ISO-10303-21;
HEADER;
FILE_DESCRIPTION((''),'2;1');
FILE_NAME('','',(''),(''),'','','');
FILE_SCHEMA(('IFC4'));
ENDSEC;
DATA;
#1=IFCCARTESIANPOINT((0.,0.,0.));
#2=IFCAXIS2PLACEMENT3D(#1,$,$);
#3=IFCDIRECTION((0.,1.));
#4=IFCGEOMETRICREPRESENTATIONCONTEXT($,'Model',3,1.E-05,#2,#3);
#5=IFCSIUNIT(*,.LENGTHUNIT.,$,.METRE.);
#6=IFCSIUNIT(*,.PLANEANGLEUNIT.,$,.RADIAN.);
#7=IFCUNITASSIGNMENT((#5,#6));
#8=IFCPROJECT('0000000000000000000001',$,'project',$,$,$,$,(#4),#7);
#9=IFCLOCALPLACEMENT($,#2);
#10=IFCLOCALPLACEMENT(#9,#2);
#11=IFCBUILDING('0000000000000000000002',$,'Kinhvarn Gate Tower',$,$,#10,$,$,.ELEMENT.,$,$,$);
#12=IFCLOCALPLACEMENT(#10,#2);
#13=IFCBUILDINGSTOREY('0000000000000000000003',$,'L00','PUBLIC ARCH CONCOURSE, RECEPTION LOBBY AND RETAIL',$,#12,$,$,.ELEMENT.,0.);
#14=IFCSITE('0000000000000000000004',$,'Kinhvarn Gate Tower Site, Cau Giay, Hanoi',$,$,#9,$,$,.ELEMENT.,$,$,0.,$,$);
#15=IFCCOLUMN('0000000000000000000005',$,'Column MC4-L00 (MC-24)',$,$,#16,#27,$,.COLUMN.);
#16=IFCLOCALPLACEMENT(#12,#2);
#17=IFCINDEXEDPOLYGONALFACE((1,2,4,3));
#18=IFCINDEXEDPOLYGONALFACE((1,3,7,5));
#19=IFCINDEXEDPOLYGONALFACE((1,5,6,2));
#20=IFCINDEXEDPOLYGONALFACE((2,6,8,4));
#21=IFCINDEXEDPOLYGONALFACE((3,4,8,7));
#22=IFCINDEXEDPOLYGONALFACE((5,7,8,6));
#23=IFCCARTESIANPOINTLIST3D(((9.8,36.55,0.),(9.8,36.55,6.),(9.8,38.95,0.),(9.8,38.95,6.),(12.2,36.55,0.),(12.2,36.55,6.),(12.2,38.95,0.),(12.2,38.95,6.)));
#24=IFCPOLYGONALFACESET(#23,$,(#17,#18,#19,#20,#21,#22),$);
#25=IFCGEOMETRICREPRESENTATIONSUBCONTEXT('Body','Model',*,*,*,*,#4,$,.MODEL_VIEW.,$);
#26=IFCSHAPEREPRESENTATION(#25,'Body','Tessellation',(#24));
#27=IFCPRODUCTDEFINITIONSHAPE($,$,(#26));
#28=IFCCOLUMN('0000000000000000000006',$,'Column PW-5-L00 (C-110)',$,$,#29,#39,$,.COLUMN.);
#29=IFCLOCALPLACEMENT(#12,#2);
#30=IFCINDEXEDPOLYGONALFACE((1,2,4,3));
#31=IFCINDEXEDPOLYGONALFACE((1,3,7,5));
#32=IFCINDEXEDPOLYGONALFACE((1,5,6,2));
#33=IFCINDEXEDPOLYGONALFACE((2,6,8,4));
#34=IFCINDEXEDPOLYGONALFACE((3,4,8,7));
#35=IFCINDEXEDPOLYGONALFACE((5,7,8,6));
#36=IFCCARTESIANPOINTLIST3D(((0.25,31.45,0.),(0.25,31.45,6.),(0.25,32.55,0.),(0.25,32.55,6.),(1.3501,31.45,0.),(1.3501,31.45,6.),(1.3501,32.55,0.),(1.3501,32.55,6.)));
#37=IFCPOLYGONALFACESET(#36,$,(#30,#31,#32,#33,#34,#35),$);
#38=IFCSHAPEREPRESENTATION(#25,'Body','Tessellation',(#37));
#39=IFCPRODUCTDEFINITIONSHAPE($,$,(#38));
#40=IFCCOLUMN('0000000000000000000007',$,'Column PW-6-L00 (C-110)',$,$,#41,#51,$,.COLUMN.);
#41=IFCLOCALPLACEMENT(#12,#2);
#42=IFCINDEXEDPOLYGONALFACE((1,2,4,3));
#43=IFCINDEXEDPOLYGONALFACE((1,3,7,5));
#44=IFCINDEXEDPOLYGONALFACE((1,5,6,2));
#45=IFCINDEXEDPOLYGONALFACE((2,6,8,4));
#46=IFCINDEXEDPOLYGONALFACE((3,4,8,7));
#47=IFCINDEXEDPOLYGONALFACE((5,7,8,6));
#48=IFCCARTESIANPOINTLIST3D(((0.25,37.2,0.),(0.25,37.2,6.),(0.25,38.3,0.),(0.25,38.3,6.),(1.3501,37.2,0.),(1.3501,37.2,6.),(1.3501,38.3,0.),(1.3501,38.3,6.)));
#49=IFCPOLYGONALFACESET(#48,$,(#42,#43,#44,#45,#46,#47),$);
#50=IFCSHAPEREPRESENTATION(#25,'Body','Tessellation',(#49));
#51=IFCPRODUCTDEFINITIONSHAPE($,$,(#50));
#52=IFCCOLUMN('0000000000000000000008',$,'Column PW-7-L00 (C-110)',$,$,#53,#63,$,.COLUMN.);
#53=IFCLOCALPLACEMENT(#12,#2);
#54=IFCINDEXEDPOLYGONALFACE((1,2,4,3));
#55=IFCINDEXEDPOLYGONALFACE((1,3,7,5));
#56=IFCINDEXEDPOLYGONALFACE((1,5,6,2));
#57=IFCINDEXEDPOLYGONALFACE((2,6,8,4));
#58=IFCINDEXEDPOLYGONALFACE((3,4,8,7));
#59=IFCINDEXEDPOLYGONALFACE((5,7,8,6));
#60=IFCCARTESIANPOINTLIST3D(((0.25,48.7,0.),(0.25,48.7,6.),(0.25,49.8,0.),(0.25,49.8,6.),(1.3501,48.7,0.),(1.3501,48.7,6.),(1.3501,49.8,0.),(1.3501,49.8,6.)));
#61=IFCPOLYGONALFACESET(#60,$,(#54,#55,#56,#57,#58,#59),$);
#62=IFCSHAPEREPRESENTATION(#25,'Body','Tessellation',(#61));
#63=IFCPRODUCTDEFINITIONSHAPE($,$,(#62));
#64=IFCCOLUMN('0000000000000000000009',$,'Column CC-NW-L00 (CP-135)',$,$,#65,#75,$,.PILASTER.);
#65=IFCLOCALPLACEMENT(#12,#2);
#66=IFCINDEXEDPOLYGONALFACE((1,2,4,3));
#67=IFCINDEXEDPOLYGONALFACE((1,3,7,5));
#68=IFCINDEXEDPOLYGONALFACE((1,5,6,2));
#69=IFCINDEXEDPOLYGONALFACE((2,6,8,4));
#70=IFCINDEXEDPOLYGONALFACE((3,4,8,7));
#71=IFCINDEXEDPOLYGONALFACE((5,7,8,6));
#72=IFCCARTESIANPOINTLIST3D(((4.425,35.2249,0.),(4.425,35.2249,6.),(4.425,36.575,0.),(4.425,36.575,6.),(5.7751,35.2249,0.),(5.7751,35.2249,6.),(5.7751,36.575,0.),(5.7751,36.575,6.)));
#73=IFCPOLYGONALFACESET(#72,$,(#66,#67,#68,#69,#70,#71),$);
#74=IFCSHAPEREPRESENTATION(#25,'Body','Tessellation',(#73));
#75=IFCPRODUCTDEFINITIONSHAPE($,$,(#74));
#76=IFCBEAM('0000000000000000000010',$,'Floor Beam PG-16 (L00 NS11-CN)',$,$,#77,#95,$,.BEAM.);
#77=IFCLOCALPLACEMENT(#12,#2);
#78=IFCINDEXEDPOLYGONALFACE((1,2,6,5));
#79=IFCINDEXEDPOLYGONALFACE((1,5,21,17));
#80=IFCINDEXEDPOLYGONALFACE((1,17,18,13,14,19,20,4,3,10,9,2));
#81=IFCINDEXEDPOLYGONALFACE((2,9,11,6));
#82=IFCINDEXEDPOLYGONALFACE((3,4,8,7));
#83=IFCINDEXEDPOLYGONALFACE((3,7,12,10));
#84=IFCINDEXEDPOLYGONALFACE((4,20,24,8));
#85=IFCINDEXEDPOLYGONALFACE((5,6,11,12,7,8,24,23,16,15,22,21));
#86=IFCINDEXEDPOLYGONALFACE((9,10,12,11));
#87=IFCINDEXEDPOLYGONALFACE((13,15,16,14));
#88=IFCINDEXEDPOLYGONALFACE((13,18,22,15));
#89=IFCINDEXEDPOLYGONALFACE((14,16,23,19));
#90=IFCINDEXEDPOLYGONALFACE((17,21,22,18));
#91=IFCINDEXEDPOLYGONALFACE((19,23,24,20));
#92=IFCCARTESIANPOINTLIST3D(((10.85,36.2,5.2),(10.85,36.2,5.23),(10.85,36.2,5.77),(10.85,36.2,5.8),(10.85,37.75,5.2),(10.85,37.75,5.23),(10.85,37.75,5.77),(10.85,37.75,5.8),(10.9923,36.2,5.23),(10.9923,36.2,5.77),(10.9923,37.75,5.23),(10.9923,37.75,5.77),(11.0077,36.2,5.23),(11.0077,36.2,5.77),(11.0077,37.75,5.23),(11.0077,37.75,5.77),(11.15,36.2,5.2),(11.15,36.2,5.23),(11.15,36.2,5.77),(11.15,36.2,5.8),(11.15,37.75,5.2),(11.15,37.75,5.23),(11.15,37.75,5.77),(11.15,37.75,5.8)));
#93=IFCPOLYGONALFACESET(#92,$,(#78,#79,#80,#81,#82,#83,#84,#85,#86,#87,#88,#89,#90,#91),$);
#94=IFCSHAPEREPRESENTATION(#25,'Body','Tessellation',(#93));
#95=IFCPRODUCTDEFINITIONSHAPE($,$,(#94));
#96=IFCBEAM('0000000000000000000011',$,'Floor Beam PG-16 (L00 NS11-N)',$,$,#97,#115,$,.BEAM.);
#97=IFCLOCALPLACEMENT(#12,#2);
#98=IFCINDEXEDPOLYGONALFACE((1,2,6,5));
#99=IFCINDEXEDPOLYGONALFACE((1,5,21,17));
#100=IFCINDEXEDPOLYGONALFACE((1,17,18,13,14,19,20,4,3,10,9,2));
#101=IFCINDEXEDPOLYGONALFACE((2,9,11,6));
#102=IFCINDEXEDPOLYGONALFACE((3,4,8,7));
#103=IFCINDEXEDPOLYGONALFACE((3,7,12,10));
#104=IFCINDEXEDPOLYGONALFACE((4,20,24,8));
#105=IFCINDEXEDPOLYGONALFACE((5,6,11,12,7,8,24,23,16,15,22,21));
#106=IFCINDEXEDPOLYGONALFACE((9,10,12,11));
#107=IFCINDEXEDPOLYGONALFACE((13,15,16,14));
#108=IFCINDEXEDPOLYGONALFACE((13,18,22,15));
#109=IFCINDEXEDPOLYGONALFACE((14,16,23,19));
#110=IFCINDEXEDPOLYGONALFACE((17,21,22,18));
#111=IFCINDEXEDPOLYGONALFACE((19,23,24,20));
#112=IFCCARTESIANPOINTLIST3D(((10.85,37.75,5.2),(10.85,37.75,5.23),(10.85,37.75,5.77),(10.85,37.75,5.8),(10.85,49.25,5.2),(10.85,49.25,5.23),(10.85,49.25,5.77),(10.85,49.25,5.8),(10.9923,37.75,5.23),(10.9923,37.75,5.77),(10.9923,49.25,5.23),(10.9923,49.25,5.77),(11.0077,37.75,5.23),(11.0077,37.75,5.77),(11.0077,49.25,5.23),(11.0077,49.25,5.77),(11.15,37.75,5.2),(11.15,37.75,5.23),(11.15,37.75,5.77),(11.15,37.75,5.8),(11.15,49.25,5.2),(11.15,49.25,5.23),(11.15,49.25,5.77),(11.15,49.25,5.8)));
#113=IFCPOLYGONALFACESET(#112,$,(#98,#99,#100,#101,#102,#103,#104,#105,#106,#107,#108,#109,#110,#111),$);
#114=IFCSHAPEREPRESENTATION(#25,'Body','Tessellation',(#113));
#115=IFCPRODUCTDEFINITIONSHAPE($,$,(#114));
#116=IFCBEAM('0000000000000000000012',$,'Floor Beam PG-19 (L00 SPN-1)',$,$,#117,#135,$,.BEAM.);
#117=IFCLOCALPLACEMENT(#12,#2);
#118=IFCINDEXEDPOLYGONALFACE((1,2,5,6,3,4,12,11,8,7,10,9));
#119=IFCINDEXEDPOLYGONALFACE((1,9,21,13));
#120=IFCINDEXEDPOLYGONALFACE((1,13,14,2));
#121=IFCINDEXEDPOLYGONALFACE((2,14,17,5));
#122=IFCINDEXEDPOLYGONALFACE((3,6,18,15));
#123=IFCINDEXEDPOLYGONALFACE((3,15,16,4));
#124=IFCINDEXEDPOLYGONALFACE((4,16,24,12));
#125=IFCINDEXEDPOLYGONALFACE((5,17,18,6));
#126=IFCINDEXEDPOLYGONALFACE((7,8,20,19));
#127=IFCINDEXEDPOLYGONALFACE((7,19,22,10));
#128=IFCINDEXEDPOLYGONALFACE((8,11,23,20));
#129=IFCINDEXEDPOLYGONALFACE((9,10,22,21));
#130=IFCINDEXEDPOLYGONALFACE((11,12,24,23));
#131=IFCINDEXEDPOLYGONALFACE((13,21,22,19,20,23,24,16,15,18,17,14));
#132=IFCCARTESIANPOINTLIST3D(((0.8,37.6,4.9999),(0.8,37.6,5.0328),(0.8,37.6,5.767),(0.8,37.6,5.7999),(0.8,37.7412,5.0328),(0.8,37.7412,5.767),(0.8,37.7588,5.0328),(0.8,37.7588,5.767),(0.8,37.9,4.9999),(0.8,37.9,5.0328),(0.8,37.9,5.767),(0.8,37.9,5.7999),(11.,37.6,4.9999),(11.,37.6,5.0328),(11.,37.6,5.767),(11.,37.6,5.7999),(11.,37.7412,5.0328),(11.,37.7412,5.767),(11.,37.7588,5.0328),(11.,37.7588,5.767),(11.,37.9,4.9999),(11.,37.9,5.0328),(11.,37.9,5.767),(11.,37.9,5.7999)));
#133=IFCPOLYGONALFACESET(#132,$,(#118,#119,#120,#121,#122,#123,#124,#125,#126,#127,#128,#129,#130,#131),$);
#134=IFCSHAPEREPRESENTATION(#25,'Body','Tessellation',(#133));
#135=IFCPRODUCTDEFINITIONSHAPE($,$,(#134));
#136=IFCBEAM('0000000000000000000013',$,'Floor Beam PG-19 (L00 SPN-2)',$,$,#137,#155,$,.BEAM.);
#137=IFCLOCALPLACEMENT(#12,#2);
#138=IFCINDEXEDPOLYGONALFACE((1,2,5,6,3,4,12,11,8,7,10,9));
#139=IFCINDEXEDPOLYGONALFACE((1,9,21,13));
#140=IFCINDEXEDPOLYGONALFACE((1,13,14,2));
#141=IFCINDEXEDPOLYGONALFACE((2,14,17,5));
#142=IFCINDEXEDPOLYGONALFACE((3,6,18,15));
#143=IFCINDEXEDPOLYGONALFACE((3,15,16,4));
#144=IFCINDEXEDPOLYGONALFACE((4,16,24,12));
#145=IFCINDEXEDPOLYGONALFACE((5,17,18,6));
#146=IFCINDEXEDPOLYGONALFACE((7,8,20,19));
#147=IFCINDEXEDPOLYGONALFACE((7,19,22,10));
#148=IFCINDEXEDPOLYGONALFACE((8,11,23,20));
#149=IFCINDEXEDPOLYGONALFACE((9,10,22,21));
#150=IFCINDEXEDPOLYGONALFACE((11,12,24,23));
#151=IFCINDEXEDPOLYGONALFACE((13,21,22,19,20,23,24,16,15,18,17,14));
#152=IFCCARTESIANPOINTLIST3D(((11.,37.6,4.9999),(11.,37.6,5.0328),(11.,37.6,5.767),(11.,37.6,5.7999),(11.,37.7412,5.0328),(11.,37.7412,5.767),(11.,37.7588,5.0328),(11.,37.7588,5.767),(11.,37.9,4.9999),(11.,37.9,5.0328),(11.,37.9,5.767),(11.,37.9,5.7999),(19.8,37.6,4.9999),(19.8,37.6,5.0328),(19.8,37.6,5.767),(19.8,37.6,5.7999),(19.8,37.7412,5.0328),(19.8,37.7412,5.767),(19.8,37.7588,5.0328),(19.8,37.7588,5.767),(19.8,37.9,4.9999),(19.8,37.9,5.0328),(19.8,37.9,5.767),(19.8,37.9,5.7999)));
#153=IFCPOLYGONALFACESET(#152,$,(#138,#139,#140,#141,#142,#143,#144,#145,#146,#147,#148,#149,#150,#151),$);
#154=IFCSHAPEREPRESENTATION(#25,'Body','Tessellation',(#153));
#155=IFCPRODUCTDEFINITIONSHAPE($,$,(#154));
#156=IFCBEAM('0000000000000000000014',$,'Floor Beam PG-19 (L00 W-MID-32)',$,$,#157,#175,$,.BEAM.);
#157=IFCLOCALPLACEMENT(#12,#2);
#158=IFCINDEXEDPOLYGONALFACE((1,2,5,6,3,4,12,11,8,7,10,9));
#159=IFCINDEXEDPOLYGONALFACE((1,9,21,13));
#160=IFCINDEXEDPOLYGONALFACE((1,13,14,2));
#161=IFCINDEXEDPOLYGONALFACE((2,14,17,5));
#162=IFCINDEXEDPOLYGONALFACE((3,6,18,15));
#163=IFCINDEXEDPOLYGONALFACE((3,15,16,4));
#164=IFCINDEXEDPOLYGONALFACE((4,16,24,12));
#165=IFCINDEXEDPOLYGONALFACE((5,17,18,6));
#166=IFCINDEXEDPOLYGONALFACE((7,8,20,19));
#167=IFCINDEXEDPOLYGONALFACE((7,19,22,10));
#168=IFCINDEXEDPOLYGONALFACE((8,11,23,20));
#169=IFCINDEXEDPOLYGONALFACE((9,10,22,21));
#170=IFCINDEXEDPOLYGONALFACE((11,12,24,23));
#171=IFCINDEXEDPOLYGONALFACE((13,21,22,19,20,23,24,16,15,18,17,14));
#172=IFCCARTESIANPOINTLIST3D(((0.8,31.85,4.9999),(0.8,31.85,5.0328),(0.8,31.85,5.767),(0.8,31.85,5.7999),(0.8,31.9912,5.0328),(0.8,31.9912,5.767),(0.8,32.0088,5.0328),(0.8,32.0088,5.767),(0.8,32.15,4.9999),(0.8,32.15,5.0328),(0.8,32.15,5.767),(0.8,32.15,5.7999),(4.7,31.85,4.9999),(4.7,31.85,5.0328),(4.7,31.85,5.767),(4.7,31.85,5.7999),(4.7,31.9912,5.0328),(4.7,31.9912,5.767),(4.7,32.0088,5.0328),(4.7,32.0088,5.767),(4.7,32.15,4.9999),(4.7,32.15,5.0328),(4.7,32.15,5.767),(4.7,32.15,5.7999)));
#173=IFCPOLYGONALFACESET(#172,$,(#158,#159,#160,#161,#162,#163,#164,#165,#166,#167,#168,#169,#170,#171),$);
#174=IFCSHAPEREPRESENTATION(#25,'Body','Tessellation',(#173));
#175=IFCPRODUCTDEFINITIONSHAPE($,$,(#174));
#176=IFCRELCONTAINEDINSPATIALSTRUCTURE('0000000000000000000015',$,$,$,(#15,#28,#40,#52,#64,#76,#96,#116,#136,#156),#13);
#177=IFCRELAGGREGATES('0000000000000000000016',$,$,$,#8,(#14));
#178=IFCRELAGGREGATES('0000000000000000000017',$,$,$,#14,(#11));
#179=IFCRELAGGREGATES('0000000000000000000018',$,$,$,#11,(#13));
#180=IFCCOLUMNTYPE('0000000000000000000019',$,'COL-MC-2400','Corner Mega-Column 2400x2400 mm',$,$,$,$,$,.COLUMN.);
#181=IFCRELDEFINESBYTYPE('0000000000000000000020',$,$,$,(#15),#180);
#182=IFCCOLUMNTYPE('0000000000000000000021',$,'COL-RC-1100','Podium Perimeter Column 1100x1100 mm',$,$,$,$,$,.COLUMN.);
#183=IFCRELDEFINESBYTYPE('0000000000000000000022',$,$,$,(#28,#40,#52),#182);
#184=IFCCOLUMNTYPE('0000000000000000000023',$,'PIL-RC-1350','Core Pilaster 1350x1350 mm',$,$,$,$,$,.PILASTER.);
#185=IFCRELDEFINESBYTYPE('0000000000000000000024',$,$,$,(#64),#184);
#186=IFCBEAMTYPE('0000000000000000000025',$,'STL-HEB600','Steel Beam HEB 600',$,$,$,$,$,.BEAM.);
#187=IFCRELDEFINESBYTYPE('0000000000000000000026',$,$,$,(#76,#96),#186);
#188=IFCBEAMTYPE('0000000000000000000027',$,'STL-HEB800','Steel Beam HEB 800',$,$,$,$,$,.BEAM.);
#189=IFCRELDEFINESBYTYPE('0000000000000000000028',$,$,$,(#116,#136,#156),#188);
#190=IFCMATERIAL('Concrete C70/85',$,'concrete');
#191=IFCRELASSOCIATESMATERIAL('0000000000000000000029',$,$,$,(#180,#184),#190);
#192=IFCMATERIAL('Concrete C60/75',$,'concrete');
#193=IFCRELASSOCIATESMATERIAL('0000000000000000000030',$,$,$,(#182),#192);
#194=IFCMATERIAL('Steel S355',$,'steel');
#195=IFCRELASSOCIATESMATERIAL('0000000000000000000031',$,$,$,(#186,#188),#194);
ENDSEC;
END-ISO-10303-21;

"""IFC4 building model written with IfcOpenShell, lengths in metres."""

from ifc_helpers import new_model, si_unit, direction, frame, origin, origin_2d, place, context, subcontext, project, spatial, rectangle, i_section, extrude, material, material_profile, profile_set, type_object, element, save


model = new_model("IFC4")

# Units and contexts
model_context = context("Model", 3, precision=1e-05, world=origin(), true_north=direction((0.0, 1.0)))
body_context = subcontext(model_context, "Body", "Model", "MODEL_VIEW")
ifc_project = project(units=[si_unit("LENGTHUNIT", "METRE"), si_unit("PLANEANGLEUNIT", "RADIAN")], contexts=[model_context])

# Site, building, storey
site_placement = place(None, origin())
site = spatial("IfcSite", under=ifc_project, at=site_placement, Name="Kinhvarn Gate Tower Site, Cau Giay, Hanoi", CompositionType="ELEMENT", RefElevation=0.0)
building_placement = place(site_placement, origin())
building = spatial("IfcBuilding", under=site, at=building_placement, Name="Kinhvarn Gate Tower", CompositionType="ELEMENT")
storey_placement = place(building_placement, origin())
storey = spatial("IfcBuildingStorey", under=building, at=storey_placement, Name="L00", Description="PUBLIC ARCH CONCOURSE, RECEPTION LOBBY AND RETAIL", CompositionType="ELEMENT", Elevation=0.0)

# Columns
ifc_material_1 = material(Name="Concrete C70/85", Category="concrete")
ifc_material_profile_1 = material_profile(ifc_material_1, rectangle(XDim=2.3999, YDim=2.3999, at=origin_2d()), Name="RC 2400x2400")
ifc_profile_set_1 = profile_set([ifc_material_profile_1], Name="Concrete C70/85")
column_type_1 = type_object("IfcColumnType", Name="COL-MC-2400", Description="Corner Mega-Column 2400x2400 mm", PredefinedType="COLUMN", material=ifc_profile_set_1)
column_1_placement = place(storey_placement, frame((11.0, 37.75, 0.0), z_axis=(0.0, 0.0, 1.0), x_axis=(1.0, 0.0, 0.0)))
element("IfcColumn", 1, at=column_1_placement, inside=storey, type_object=column_type_1, Name="Column MC4-L00 (MC-24)", PredefinedType="COLUMN", context=body_context, shape_type="SweptSolid", body=[
    extrude(rectangle(XDim=2.3999, YDim=2.3999, at=origin_2d()), origin(), (0.0, 0.0, 1.0), 6.0),
])
ifc_material_2 = material(Name="Concrete C60/75", Category="concrete")
ifc_material_profile_2 = material_profile(ifc_material_2, rectangle(XDim=1.1001, YDim=1.1001, at=origin_2d()), Name="RC 1100x1100")
ifc_profile_set_2 = profile_set([ifc_material_profile_2], Name="Concrete C60/75")
column_type_2 = type_object("IfcColumnType", Name="COL-RC-1100", Description="Podium Perimeter Column 1100x1100 mm", PredefinedType="COLUMN", material=ifc_profile_set_2)
for number, where, z_axis, x_axis, name in (
    (2, (0.8, 32.0, 0.0), (0.0, 0.0, 1.0), (1.0, 0.0, 0.0), "Column PW-5-L00 (C-110)"),
    (3, (0.8, 37.75, 0.0), (0.0, 0.0, 1.0), (1.0, 0.0, 0.0), "Column PW-6-L00 (C-110)"),
    (4, (0.8, 49.25, 0.0), (0.0, 0.0, 1.0), (1.0, 0.0, 0.0), "Column PW-7-L00 (C-110)"),
):
    element("IfcColumn", number, at=place(storey_placement, frame(where, z_axis=z_axis, x_axis=x_axis)), inside=storey, type_object=column_type_2, Name=name, PredefinedType="COLUMN", context=body_context, shape_type="SweptSolid", body=[
        extrude(rectangle(XDim=1.1001, YDim=1.1001, at=origin_2d()), origin(), (0.0, 0.0, 1.0), 6.0),
    ])
ifc_material_profile_3 = material_profile(ifc_material_1, rectangle(XDim=1.3501, YDim=1.3501, at=origin_2d()), Name="RC 1350x1350")
ifc_profile_set_3 = profile_set([ifc_material_profile_3], Name="Concrete C70/85")
column_type_3 = type_object("IfcColumnType", Name="PIL-RC-1350", Description="Core Pilaster 1350x1350 mm", PredefinedType="PILASTER", material=ifc_profile_set_3)
column_2_placement = place(storey_placement, frame((5.1001, 35.8999, 0.0), z_axis=(0.0, 0.0, 1.0), x_axis=(1.0, 0.0, 0.0)))
element("IfcColumn", 5, at=column_2_placement, inside=storey, type_object=column_type_3, Name="Column CC-NW-L00 (CP-135)", PredefinedType="PILASTER", context=body_context, shape_type="SweptSolid", body=[
    extrude(rectangle(XDim=1.3501, YDim=1.3501, at=origin_2d()), origin(), (0.0, 0.0, 1.0), 6.0),
])

# Beams
ifc_material_3 = material(Name="Steel S355", Category="steel")
ifc_material_profile_4 = material_profile(ifc_material_3, i_section(OverallWidth=0.3, OverallDepth=0.6001, WebThickness=0.0154, FlangeThickness=0.03, at=origin_2d()), Name="HEB 600")
ifc_profile_set_4 = profile_set([ifc_material_profile_4], Name="Steel S355")
beam_type_1 = type_object("IfcBeamType", Name="STL-HEB600", Description="Steel Beam HEB 600", PredefinedType="BEAM", material=ifc_profile_set_4)
beam_1_placement = place(storey_placement, frame((11.0, 36.2, 5.5), z_axis=(0.0, 1.0, 0.0), x_axis=(-1.0, 0.0, 0.0)))
element("IfcBeam", 6, at=beam_1_placement, inside=storey, type_object=beam_type_1, Name="Floor Beam PG-16 (L00 NS11-CN)", PredefinedType="BEAM", context=body_context, shape_type="SweptSolid", body=[
    extrude(i_section(OverallWidth=0.3, OverallDepth=0.6001, WebThickness=0.0154, FlangeThickness=0.03, at=origin_2d()), origin(), (0.0, 0.0, 1.0), 1.55),
])
beam_2_placement = place(storey_placement, frame((11.0, 37.75, 5.5), z_axis=(0.0, 1.0, 0.0), x_axis=(-1.0, 0.0, 0.0)))
element("IfcBeam", 7, at=beam_2_placement, inside=storey, type_object=beam_type_1, Name="Floor Beam PG-16 (L00 NS11-N)", PredefinedType="BEAM", context=body_context, shape_type="SweptSolid", body=[
    extrude(i_section(OverallWidth=0.3, OverallDepth=0.6001, WebThickness=0.0154, FlangeThickness=0.03, at=origin_2d()), origin(), (0.0, 0.0, 1.0), 11.5),
])
ifc_material_profile_5 = material_profile(ifc_material_3, i_section(OverallWidth=0.3, OverallDepth=0.8, WebThickness=0.0176, FlangeThickness=0.033, at=origin_2d()), Name="HEB 800")
ifc_profile_set_5 = profile_set([ifc_material_profile_5], Name="Steel S355")
beam_type_2 = type_object("IfcBeamType", Name="STL-HEB800", Description="Steel Beam HEB 800", PredefinedType="BEAM", material=ifc_profile_set_5)
beam_3_placement = place(storey_placement, frame((0.8, 37.75, 5.3999), z_axis=(1.0, 0.0, 0.0), x_axis=(0.0, 1.0, 0.0)))
element("IfcBeam", 8, at=beam_3_placement, inside=storey, type_object=beam_type_2, Name="Floor Beam PG-19 (L00 SPN-1)", PredefinedType="BEAM", context=body_context, shape_type="SweptSolid", body=[
    extrude(i_section(OverallWidth=0.3, OverallDepth=0.8, WebThickness=0.0176, FlangeThickness=0.033, at=origin_2d()), origin(), (0.0, 0.0, 1.0), 10.2),
])
beam_4_placement = place(storey_placement, frame((11.0, 37.75, 5.3999), z_axis=(1.0, 0.0, 0.0), x_axis=(0.0, 1.0, 0.0)))
element("IfcBeam", 9, at=beam_4_placement, inside=storey, type_object=beam_type_2, Name="Floor Beam PG-19 (L00 SPN-2)", PredefinedType="BEAM", context=body_context, shape_type="SweptSolid", body=[
    extrude(i_section(OverallWidth=0.3, OverallDepth=0.8, WebThickness=0.0176, FlangeThickness=0.033, at=origin_2d()), origin(), (0.0, 0.0, 1.0), 8.8),
])
beam_5_placement = place(storey_placement, frame((0.8, 32.0, 5.3999), z_axis=(1.0, 0.0, 0.0), x_axis=(0.0, 1.0, 0.0)))
element("IfcBeam", 10, at=beam_5_placement, inside=storey, type_object=beam_type_2, Name="Floor Beam PG-19 (L00 W-MID-32)", PredefinedType="BEAM", context=body_context, shape_type="SweptSolid", body=[
    extrude(i_section(OverallWidth=0.3, OverallDepth=0.8, WebThickness=0.0176, FlangeThickness=0.033, at=origin_2d()), origin(), (0.0, 0.0, 1.0), 3.8999),
])

save(model, "model.ifc")
